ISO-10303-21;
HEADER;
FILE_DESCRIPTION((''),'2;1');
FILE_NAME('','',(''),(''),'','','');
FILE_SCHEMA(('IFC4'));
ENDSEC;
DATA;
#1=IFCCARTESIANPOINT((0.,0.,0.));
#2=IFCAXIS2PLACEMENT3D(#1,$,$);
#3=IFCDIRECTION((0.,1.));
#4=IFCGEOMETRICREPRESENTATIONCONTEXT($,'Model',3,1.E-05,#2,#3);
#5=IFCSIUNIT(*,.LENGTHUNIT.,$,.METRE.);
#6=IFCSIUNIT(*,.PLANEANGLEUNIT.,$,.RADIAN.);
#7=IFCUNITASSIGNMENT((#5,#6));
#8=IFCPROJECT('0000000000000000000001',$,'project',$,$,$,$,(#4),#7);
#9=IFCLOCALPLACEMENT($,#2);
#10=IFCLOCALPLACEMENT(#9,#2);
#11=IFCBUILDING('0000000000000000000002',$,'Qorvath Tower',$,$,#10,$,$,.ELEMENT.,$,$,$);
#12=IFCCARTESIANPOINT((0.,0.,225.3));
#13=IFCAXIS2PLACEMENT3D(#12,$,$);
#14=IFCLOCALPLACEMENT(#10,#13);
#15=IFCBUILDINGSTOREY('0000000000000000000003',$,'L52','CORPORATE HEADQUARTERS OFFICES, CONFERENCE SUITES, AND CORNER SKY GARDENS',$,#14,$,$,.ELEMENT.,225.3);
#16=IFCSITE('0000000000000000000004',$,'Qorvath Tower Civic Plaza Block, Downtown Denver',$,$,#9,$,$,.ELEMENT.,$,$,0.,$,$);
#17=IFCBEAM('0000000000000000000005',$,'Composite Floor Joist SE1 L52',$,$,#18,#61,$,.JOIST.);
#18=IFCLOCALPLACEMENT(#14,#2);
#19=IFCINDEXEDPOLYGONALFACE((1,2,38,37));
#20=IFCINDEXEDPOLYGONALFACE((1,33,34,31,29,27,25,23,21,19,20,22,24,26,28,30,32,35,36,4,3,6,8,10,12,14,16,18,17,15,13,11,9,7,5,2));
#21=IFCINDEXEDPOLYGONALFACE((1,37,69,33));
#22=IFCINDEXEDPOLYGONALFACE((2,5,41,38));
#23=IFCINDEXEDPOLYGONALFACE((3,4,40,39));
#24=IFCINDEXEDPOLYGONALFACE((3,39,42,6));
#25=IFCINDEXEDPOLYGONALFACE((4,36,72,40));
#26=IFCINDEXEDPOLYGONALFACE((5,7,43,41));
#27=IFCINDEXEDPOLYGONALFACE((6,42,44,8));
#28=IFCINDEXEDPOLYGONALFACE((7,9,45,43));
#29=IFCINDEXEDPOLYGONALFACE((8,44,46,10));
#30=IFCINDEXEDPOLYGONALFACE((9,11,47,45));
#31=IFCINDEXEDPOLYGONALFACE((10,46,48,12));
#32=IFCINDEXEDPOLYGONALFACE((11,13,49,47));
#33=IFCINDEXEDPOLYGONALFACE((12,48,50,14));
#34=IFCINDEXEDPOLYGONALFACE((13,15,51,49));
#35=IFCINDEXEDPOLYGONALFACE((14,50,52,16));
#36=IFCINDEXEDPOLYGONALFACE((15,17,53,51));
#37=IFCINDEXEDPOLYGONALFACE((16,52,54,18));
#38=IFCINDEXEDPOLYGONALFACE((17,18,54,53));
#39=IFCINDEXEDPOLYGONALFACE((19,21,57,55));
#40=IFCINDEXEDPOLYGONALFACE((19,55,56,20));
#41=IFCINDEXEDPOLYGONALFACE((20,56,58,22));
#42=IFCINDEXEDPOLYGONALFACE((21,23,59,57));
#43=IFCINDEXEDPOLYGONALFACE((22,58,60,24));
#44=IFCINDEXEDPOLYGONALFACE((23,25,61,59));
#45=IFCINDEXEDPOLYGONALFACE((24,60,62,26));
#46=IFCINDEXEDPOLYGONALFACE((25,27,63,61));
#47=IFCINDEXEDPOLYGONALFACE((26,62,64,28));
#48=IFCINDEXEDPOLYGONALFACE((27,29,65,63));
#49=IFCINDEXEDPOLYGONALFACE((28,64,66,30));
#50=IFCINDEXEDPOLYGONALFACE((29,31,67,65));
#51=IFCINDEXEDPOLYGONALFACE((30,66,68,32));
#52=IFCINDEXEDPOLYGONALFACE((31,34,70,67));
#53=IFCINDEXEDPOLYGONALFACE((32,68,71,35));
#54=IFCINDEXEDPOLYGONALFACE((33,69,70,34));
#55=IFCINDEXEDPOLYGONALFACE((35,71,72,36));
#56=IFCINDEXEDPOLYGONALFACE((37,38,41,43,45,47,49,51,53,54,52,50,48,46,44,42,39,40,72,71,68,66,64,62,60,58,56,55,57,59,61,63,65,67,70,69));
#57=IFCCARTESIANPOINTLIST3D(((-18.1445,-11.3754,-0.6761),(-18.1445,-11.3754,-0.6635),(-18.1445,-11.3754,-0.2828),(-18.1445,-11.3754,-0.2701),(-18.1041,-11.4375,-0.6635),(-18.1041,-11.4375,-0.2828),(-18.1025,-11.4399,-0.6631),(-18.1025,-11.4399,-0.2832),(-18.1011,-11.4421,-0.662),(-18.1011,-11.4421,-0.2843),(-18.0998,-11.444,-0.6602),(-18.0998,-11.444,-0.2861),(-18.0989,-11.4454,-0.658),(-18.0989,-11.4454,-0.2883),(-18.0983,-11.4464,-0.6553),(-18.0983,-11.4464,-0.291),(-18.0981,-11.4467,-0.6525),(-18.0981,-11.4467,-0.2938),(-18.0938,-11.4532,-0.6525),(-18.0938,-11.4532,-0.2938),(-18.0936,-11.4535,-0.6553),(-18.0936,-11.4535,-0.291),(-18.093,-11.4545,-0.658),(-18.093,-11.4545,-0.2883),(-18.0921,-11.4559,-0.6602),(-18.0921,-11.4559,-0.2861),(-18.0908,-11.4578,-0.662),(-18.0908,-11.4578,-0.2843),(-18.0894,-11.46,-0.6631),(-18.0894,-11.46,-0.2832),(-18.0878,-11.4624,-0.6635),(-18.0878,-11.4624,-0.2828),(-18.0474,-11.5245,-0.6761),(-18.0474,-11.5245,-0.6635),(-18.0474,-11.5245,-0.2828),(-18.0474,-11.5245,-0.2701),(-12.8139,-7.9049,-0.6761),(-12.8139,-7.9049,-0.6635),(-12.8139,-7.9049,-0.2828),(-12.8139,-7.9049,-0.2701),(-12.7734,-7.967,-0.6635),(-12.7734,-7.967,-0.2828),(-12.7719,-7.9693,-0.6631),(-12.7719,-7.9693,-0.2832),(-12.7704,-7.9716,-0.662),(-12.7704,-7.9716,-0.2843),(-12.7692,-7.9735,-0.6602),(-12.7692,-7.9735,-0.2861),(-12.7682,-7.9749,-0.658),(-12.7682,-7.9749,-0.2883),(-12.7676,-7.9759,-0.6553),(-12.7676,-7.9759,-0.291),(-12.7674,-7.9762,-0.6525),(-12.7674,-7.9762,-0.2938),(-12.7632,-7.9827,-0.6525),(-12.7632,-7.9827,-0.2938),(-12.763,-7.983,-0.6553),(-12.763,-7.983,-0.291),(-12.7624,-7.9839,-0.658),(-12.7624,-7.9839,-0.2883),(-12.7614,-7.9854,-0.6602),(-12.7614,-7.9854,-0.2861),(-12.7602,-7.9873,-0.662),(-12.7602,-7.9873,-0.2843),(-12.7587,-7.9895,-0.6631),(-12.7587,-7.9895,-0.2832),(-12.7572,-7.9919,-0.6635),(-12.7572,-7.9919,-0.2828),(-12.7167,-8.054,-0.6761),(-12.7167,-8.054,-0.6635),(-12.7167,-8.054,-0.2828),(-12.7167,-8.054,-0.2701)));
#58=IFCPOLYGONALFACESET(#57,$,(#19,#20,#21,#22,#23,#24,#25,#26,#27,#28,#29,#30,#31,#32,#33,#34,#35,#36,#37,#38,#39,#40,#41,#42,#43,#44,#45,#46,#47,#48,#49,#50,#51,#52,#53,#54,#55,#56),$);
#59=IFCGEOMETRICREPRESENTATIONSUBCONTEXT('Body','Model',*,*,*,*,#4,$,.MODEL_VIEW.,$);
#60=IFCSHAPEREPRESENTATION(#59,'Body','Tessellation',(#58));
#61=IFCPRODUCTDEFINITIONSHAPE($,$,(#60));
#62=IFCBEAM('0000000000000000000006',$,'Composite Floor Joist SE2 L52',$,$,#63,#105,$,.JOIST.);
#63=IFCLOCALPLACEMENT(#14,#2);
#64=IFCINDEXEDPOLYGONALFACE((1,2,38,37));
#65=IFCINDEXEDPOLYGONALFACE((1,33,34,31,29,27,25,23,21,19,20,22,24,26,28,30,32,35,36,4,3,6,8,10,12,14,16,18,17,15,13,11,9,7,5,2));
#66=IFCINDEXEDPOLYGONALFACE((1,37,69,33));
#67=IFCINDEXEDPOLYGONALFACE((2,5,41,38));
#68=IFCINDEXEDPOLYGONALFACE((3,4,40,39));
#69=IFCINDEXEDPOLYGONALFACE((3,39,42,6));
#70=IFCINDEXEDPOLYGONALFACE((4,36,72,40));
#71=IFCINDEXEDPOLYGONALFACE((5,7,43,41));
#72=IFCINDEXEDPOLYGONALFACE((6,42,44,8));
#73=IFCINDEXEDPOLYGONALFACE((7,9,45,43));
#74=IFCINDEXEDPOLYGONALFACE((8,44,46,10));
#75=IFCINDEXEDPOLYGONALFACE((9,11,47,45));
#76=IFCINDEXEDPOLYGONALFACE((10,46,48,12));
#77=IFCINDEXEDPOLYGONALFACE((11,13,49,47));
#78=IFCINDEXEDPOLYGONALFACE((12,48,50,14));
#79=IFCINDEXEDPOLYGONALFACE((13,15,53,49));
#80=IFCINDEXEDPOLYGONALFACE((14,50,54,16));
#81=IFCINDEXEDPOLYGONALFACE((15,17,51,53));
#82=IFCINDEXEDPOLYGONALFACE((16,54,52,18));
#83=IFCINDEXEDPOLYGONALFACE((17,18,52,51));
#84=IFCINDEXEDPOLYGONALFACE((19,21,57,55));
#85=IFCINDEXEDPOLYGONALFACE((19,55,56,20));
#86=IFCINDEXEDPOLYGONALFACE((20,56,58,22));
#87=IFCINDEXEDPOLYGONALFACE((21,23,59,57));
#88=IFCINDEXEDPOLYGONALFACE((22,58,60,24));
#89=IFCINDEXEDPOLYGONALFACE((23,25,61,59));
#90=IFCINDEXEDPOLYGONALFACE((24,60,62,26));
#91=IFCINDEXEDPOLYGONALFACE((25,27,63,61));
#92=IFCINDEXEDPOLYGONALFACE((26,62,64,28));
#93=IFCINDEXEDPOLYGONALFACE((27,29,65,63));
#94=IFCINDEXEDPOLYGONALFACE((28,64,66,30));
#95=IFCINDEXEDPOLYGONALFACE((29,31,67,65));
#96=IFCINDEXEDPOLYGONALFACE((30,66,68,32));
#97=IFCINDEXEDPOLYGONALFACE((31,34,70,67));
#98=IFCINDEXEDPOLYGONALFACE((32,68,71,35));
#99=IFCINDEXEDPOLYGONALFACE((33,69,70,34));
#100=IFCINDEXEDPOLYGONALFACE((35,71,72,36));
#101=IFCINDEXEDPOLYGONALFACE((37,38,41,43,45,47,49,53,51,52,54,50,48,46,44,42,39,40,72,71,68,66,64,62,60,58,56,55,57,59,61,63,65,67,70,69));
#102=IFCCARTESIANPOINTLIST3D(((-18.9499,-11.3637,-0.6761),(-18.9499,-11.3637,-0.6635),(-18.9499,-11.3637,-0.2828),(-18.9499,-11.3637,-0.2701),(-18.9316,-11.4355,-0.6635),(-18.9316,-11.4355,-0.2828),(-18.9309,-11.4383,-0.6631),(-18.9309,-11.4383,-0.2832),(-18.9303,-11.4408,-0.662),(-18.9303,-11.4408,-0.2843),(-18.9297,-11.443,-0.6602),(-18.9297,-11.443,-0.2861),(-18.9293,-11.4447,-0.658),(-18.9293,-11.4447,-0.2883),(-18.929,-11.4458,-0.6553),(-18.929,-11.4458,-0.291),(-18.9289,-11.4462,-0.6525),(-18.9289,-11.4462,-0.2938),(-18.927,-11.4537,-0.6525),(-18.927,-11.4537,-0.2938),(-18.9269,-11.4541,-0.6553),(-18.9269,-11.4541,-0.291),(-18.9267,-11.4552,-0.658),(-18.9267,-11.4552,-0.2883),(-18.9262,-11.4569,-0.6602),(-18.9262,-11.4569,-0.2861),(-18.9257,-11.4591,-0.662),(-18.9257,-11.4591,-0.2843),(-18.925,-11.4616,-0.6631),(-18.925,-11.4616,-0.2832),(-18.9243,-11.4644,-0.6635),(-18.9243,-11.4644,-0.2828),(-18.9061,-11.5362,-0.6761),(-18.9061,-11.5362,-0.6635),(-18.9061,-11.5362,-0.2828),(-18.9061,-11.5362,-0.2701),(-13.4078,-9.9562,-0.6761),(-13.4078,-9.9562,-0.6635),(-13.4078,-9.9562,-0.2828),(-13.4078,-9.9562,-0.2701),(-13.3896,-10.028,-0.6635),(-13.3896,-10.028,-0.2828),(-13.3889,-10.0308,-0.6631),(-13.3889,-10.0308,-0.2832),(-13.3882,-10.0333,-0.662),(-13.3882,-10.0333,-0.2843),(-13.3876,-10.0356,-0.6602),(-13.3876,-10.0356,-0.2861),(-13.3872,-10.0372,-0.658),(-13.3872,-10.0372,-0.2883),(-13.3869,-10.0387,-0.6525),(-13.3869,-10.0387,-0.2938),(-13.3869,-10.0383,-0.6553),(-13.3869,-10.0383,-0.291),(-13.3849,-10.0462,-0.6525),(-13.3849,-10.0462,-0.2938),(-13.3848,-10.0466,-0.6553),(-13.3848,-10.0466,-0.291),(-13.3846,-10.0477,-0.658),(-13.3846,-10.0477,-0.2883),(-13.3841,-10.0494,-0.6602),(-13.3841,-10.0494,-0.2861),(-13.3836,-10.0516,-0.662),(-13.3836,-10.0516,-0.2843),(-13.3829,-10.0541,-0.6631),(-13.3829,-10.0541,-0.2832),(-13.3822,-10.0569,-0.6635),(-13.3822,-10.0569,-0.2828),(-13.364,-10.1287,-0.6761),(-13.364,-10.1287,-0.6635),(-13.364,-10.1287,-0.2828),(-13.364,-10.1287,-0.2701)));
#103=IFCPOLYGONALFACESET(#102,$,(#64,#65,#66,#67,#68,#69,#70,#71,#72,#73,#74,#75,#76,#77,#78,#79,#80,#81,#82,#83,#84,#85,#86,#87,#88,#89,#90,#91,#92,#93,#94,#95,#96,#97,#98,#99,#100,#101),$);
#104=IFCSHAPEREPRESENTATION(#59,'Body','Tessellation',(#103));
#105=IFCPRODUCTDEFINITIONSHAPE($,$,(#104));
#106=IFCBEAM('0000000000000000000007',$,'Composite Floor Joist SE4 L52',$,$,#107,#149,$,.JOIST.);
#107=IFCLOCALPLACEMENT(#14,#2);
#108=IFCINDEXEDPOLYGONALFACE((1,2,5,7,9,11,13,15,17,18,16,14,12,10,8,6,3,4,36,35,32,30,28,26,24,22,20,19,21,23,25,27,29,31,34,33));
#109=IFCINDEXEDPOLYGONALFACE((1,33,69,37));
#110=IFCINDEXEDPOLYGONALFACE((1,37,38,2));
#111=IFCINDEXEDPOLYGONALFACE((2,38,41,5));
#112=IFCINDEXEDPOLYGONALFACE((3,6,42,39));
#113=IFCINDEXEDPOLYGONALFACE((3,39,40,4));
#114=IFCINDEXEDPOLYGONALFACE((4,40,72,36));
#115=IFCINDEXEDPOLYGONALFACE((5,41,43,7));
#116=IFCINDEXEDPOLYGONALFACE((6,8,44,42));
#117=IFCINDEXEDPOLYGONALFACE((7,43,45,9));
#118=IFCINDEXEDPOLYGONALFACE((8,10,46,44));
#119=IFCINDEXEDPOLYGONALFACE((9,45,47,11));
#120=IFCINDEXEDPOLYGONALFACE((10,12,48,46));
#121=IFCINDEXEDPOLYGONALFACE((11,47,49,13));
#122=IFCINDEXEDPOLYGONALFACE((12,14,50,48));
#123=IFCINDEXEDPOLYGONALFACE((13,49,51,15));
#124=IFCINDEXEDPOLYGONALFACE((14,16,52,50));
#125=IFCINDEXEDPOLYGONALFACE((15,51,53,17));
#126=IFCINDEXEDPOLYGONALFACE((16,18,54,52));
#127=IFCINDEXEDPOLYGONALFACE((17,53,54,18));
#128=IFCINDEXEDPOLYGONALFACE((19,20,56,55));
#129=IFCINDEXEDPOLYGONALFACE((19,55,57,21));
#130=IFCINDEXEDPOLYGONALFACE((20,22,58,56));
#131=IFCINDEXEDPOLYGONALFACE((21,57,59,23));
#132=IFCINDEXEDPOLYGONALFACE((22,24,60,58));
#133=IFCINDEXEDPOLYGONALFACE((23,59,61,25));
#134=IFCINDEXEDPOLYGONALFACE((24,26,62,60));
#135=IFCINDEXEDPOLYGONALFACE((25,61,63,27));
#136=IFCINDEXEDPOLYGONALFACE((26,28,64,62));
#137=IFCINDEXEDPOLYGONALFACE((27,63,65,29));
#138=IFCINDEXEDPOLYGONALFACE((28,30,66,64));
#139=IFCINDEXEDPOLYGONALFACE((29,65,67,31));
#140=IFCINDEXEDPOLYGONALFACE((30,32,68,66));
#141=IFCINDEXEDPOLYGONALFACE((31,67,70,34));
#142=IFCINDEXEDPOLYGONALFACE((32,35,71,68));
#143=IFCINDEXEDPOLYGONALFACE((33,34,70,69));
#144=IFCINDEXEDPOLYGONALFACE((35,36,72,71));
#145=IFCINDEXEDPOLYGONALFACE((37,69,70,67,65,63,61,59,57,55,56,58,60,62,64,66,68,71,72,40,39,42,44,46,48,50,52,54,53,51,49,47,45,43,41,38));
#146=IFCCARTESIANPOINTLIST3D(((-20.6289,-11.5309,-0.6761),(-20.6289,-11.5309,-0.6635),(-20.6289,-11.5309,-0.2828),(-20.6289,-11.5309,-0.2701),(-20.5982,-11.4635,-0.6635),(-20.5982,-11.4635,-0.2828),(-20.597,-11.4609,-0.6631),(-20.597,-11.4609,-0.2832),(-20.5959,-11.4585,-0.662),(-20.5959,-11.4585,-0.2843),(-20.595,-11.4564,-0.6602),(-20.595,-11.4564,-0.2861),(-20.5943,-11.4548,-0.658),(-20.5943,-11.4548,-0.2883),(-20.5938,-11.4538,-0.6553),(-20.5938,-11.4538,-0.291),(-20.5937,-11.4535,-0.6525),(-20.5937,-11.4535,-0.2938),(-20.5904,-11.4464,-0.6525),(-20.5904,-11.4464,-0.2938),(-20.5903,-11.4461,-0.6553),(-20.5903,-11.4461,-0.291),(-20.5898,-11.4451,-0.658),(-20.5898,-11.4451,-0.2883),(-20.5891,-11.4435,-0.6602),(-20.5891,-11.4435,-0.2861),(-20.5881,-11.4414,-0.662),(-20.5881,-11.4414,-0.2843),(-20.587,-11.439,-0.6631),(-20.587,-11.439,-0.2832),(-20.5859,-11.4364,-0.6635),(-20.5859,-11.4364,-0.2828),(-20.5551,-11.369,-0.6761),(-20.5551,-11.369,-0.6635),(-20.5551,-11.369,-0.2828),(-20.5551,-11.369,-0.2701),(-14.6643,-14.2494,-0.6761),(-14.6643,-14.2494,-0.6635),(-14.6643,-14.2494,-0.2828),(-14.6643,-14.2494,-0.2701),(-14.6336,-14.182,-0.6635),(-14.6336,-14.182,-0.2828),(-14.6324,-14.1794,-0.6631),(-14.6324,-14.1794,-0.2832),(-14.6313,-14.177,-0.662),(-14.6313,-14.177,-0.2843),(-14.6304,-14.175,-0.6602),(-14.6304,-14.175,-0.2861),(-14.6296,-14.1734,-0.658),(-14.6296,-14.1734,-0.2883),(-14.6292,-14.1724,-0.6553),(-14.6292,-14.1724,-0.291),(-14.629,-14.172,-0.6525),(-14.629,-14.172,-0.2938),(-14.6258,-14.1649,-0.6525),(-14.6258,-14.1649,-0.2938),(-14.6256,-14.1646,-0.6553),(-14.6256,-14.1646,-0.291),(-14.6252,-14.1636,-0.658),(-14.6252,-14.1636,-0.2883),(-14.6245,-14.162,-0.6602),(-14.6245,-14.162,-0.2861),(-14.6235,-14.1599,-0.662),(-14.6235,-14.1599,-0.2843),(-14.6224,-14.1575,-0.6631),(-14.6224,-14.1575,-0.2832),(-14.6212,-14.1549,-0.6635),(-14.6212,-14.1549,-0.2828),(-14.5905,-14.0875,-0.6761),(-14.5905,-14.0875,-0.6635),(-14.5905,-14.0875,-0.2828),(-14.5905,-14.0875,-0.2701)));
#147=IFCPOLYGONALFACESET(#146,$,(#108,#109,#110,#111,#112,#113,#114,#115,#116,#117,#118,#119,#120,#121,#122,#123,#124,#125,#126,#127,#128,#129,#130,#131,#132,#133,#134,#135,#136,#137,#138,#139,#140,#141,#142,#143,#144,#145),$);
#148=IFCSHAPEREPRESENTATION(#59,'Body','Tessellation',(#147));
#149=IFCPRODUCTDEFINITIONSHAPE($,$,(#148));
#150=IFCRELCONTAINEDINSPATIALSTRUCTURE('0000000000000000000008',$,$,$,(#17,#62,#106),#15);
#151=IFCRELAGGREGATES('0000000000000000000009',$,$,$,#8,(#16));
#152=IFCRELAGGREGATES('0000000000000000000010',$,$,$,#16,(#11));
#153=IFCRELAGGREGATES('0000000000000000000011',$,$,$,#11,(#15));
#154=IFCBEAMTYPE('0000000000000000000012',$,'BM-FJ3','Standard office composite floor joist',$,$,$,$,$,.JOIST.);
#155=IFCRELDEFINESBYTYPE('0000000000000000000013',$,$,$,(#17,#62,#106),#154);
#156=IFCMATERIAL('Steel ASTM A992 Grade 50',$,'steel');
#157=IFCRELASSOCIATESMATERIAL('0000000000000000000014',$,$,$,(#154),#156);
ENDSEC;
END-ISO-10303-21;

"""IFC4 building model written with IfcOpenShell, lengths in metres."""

from ifc_helpers import new_model, si_unit, direction, frame, origin, origin_2d, place, context, subcontext, project, spatial, i_section, extrude, material, material_profile, profile_set, type_object, element, save


model = new_model("IFC4")

# Units and contexts
model_context = context("Model", 3, precision=1e-05, world=origin(), true_north=direction((0.0, 1.0)))
body_context = subcontext(model_context, "Body", "Model", "MODEL_VIEW")
ifc_project = project(units=[si_unit("LENGTHUNIT", "METRE"), si_unit("PLANEANGLEUNIT", "RADIAN")], contexts=[model_context])

# Site, building, storey
site_placement = place(None, origin())
site = spatial("IfcSite", under=ifc_project, at=site_placement, Name="Qorvath Tower Civic Plaza Block, Downtown Denver", CompositionType="ELEMENT", RefElevation=0.0)
building_placement = place(site_placement, origin())
building = spatial("IfcBuilding", under=site, at=building_placement, Name="Qorvath Tower", CompositionType="ELEMENT")
storey_placement = place(building_placement, frame((0.0, 0.0, 225.3)))
storey = spatial("IfcBuildingStorey", under=building, at=storey_placement, Name="L52", Description="CORPORATE HEADQUARTERS OFFICES, CONFERENCE SUITES, AND CORNER SKY GARDENS", CompositionType="ELEMENT", Elevation=225.3)

# Beams
ifc_material_1 = material(Name="Steel ASTM A992 Grade 50", Category="steel")
ifc_material_profile_1 = material_profile(ifc_material_1, i_section(OverallWidth=0.178, OverallDepth=0.406, WebThickness=0.0078, FlangeThickness=0.0127, FilletRadius=0.011, at=origin_2d()), Name="W16x40")
ifc_profile_set_1 = profile_set([ifc_material_profile_1], Name="Steel ASTM A992 Grade 50")
beam_type_1 = type_object("IfcBeamType", Name="BM-FJ3", Description="Standard office composite floor joist", PredefinedType="JOIST", material=ifc_profile_set_1)
beam_1_placement = place(storey_placement, frame((-18.0959, -11.45, -0.4731), z_axis=(0.838042, 0.545606, 0.0), x_axis=(-0.545606, 0.838042, 0.0)))
element("IfcBeam", 1, at=beam_1_placement, inside=storey, type_object=beam_type_1, Name="Composite Floor Joist SE1 L52", PredefinedType="JOIST", context=body_context, shape_type="SweptSolid", body=[
    extrude(i_section(OverallWidth=0.178, OverallDepth=0.406, WebThickness=0.0078, FlangeThickness=0.0127, FilletRadius=0.011, at=origin_2d()), origin(), (0.0, 0.0, 1.0), 6.3608),
])
beam_2_placement = place(storey_placement, frame((-18.928, -11.45, -0.4731), z_axis=(0.969232, 0.246151, 0.0), x_axis=(-0.246151, 0.969232, 0.0)))
element("IfcBeam", 2, at=beam_2_placement, inside=storey, type_object=beam_type_1, Name="Composite Floor Joist SE2 L52", PredefinedType="JOIST", context=body_context, shape_type="SweptSolid", body=[
    extrude(i_section(OverallWidth=0.178, OverallDepth=0.406, WebThickness=0.0078, FlangeThickness=0.0127, FilletRadius=0.011, at=origin_2d()), origin(), (0.0, 0.0, 1.0), 5.718),
])
beam_3_placement = place(storey_placement, frame((-20.592, -11.45, -0.4731), z_axis=(0.909945, -0.414729, 0.0), x_axis=(0.414729, 0.909945, 0.0)))
element("IfcBeam", 3, at=beam_3_placement, inside=storey, type_object=beam_type_1, Name="Composite Floor Joist SE4 L52", PredefinedType="JOIST", context=body_context, shape_type="SweptSolid", body=[
    extrude(i_section(OverallWidth=0.178, OverallDepth=0.406, WebThickness=0.0078, FlangeThickness=0.0127, FilletRadius=0.011, at=origin_2d()), origin(), (0.0, 0.0, 1.0), 6.5549),
])

save(model, "model.ifc")
